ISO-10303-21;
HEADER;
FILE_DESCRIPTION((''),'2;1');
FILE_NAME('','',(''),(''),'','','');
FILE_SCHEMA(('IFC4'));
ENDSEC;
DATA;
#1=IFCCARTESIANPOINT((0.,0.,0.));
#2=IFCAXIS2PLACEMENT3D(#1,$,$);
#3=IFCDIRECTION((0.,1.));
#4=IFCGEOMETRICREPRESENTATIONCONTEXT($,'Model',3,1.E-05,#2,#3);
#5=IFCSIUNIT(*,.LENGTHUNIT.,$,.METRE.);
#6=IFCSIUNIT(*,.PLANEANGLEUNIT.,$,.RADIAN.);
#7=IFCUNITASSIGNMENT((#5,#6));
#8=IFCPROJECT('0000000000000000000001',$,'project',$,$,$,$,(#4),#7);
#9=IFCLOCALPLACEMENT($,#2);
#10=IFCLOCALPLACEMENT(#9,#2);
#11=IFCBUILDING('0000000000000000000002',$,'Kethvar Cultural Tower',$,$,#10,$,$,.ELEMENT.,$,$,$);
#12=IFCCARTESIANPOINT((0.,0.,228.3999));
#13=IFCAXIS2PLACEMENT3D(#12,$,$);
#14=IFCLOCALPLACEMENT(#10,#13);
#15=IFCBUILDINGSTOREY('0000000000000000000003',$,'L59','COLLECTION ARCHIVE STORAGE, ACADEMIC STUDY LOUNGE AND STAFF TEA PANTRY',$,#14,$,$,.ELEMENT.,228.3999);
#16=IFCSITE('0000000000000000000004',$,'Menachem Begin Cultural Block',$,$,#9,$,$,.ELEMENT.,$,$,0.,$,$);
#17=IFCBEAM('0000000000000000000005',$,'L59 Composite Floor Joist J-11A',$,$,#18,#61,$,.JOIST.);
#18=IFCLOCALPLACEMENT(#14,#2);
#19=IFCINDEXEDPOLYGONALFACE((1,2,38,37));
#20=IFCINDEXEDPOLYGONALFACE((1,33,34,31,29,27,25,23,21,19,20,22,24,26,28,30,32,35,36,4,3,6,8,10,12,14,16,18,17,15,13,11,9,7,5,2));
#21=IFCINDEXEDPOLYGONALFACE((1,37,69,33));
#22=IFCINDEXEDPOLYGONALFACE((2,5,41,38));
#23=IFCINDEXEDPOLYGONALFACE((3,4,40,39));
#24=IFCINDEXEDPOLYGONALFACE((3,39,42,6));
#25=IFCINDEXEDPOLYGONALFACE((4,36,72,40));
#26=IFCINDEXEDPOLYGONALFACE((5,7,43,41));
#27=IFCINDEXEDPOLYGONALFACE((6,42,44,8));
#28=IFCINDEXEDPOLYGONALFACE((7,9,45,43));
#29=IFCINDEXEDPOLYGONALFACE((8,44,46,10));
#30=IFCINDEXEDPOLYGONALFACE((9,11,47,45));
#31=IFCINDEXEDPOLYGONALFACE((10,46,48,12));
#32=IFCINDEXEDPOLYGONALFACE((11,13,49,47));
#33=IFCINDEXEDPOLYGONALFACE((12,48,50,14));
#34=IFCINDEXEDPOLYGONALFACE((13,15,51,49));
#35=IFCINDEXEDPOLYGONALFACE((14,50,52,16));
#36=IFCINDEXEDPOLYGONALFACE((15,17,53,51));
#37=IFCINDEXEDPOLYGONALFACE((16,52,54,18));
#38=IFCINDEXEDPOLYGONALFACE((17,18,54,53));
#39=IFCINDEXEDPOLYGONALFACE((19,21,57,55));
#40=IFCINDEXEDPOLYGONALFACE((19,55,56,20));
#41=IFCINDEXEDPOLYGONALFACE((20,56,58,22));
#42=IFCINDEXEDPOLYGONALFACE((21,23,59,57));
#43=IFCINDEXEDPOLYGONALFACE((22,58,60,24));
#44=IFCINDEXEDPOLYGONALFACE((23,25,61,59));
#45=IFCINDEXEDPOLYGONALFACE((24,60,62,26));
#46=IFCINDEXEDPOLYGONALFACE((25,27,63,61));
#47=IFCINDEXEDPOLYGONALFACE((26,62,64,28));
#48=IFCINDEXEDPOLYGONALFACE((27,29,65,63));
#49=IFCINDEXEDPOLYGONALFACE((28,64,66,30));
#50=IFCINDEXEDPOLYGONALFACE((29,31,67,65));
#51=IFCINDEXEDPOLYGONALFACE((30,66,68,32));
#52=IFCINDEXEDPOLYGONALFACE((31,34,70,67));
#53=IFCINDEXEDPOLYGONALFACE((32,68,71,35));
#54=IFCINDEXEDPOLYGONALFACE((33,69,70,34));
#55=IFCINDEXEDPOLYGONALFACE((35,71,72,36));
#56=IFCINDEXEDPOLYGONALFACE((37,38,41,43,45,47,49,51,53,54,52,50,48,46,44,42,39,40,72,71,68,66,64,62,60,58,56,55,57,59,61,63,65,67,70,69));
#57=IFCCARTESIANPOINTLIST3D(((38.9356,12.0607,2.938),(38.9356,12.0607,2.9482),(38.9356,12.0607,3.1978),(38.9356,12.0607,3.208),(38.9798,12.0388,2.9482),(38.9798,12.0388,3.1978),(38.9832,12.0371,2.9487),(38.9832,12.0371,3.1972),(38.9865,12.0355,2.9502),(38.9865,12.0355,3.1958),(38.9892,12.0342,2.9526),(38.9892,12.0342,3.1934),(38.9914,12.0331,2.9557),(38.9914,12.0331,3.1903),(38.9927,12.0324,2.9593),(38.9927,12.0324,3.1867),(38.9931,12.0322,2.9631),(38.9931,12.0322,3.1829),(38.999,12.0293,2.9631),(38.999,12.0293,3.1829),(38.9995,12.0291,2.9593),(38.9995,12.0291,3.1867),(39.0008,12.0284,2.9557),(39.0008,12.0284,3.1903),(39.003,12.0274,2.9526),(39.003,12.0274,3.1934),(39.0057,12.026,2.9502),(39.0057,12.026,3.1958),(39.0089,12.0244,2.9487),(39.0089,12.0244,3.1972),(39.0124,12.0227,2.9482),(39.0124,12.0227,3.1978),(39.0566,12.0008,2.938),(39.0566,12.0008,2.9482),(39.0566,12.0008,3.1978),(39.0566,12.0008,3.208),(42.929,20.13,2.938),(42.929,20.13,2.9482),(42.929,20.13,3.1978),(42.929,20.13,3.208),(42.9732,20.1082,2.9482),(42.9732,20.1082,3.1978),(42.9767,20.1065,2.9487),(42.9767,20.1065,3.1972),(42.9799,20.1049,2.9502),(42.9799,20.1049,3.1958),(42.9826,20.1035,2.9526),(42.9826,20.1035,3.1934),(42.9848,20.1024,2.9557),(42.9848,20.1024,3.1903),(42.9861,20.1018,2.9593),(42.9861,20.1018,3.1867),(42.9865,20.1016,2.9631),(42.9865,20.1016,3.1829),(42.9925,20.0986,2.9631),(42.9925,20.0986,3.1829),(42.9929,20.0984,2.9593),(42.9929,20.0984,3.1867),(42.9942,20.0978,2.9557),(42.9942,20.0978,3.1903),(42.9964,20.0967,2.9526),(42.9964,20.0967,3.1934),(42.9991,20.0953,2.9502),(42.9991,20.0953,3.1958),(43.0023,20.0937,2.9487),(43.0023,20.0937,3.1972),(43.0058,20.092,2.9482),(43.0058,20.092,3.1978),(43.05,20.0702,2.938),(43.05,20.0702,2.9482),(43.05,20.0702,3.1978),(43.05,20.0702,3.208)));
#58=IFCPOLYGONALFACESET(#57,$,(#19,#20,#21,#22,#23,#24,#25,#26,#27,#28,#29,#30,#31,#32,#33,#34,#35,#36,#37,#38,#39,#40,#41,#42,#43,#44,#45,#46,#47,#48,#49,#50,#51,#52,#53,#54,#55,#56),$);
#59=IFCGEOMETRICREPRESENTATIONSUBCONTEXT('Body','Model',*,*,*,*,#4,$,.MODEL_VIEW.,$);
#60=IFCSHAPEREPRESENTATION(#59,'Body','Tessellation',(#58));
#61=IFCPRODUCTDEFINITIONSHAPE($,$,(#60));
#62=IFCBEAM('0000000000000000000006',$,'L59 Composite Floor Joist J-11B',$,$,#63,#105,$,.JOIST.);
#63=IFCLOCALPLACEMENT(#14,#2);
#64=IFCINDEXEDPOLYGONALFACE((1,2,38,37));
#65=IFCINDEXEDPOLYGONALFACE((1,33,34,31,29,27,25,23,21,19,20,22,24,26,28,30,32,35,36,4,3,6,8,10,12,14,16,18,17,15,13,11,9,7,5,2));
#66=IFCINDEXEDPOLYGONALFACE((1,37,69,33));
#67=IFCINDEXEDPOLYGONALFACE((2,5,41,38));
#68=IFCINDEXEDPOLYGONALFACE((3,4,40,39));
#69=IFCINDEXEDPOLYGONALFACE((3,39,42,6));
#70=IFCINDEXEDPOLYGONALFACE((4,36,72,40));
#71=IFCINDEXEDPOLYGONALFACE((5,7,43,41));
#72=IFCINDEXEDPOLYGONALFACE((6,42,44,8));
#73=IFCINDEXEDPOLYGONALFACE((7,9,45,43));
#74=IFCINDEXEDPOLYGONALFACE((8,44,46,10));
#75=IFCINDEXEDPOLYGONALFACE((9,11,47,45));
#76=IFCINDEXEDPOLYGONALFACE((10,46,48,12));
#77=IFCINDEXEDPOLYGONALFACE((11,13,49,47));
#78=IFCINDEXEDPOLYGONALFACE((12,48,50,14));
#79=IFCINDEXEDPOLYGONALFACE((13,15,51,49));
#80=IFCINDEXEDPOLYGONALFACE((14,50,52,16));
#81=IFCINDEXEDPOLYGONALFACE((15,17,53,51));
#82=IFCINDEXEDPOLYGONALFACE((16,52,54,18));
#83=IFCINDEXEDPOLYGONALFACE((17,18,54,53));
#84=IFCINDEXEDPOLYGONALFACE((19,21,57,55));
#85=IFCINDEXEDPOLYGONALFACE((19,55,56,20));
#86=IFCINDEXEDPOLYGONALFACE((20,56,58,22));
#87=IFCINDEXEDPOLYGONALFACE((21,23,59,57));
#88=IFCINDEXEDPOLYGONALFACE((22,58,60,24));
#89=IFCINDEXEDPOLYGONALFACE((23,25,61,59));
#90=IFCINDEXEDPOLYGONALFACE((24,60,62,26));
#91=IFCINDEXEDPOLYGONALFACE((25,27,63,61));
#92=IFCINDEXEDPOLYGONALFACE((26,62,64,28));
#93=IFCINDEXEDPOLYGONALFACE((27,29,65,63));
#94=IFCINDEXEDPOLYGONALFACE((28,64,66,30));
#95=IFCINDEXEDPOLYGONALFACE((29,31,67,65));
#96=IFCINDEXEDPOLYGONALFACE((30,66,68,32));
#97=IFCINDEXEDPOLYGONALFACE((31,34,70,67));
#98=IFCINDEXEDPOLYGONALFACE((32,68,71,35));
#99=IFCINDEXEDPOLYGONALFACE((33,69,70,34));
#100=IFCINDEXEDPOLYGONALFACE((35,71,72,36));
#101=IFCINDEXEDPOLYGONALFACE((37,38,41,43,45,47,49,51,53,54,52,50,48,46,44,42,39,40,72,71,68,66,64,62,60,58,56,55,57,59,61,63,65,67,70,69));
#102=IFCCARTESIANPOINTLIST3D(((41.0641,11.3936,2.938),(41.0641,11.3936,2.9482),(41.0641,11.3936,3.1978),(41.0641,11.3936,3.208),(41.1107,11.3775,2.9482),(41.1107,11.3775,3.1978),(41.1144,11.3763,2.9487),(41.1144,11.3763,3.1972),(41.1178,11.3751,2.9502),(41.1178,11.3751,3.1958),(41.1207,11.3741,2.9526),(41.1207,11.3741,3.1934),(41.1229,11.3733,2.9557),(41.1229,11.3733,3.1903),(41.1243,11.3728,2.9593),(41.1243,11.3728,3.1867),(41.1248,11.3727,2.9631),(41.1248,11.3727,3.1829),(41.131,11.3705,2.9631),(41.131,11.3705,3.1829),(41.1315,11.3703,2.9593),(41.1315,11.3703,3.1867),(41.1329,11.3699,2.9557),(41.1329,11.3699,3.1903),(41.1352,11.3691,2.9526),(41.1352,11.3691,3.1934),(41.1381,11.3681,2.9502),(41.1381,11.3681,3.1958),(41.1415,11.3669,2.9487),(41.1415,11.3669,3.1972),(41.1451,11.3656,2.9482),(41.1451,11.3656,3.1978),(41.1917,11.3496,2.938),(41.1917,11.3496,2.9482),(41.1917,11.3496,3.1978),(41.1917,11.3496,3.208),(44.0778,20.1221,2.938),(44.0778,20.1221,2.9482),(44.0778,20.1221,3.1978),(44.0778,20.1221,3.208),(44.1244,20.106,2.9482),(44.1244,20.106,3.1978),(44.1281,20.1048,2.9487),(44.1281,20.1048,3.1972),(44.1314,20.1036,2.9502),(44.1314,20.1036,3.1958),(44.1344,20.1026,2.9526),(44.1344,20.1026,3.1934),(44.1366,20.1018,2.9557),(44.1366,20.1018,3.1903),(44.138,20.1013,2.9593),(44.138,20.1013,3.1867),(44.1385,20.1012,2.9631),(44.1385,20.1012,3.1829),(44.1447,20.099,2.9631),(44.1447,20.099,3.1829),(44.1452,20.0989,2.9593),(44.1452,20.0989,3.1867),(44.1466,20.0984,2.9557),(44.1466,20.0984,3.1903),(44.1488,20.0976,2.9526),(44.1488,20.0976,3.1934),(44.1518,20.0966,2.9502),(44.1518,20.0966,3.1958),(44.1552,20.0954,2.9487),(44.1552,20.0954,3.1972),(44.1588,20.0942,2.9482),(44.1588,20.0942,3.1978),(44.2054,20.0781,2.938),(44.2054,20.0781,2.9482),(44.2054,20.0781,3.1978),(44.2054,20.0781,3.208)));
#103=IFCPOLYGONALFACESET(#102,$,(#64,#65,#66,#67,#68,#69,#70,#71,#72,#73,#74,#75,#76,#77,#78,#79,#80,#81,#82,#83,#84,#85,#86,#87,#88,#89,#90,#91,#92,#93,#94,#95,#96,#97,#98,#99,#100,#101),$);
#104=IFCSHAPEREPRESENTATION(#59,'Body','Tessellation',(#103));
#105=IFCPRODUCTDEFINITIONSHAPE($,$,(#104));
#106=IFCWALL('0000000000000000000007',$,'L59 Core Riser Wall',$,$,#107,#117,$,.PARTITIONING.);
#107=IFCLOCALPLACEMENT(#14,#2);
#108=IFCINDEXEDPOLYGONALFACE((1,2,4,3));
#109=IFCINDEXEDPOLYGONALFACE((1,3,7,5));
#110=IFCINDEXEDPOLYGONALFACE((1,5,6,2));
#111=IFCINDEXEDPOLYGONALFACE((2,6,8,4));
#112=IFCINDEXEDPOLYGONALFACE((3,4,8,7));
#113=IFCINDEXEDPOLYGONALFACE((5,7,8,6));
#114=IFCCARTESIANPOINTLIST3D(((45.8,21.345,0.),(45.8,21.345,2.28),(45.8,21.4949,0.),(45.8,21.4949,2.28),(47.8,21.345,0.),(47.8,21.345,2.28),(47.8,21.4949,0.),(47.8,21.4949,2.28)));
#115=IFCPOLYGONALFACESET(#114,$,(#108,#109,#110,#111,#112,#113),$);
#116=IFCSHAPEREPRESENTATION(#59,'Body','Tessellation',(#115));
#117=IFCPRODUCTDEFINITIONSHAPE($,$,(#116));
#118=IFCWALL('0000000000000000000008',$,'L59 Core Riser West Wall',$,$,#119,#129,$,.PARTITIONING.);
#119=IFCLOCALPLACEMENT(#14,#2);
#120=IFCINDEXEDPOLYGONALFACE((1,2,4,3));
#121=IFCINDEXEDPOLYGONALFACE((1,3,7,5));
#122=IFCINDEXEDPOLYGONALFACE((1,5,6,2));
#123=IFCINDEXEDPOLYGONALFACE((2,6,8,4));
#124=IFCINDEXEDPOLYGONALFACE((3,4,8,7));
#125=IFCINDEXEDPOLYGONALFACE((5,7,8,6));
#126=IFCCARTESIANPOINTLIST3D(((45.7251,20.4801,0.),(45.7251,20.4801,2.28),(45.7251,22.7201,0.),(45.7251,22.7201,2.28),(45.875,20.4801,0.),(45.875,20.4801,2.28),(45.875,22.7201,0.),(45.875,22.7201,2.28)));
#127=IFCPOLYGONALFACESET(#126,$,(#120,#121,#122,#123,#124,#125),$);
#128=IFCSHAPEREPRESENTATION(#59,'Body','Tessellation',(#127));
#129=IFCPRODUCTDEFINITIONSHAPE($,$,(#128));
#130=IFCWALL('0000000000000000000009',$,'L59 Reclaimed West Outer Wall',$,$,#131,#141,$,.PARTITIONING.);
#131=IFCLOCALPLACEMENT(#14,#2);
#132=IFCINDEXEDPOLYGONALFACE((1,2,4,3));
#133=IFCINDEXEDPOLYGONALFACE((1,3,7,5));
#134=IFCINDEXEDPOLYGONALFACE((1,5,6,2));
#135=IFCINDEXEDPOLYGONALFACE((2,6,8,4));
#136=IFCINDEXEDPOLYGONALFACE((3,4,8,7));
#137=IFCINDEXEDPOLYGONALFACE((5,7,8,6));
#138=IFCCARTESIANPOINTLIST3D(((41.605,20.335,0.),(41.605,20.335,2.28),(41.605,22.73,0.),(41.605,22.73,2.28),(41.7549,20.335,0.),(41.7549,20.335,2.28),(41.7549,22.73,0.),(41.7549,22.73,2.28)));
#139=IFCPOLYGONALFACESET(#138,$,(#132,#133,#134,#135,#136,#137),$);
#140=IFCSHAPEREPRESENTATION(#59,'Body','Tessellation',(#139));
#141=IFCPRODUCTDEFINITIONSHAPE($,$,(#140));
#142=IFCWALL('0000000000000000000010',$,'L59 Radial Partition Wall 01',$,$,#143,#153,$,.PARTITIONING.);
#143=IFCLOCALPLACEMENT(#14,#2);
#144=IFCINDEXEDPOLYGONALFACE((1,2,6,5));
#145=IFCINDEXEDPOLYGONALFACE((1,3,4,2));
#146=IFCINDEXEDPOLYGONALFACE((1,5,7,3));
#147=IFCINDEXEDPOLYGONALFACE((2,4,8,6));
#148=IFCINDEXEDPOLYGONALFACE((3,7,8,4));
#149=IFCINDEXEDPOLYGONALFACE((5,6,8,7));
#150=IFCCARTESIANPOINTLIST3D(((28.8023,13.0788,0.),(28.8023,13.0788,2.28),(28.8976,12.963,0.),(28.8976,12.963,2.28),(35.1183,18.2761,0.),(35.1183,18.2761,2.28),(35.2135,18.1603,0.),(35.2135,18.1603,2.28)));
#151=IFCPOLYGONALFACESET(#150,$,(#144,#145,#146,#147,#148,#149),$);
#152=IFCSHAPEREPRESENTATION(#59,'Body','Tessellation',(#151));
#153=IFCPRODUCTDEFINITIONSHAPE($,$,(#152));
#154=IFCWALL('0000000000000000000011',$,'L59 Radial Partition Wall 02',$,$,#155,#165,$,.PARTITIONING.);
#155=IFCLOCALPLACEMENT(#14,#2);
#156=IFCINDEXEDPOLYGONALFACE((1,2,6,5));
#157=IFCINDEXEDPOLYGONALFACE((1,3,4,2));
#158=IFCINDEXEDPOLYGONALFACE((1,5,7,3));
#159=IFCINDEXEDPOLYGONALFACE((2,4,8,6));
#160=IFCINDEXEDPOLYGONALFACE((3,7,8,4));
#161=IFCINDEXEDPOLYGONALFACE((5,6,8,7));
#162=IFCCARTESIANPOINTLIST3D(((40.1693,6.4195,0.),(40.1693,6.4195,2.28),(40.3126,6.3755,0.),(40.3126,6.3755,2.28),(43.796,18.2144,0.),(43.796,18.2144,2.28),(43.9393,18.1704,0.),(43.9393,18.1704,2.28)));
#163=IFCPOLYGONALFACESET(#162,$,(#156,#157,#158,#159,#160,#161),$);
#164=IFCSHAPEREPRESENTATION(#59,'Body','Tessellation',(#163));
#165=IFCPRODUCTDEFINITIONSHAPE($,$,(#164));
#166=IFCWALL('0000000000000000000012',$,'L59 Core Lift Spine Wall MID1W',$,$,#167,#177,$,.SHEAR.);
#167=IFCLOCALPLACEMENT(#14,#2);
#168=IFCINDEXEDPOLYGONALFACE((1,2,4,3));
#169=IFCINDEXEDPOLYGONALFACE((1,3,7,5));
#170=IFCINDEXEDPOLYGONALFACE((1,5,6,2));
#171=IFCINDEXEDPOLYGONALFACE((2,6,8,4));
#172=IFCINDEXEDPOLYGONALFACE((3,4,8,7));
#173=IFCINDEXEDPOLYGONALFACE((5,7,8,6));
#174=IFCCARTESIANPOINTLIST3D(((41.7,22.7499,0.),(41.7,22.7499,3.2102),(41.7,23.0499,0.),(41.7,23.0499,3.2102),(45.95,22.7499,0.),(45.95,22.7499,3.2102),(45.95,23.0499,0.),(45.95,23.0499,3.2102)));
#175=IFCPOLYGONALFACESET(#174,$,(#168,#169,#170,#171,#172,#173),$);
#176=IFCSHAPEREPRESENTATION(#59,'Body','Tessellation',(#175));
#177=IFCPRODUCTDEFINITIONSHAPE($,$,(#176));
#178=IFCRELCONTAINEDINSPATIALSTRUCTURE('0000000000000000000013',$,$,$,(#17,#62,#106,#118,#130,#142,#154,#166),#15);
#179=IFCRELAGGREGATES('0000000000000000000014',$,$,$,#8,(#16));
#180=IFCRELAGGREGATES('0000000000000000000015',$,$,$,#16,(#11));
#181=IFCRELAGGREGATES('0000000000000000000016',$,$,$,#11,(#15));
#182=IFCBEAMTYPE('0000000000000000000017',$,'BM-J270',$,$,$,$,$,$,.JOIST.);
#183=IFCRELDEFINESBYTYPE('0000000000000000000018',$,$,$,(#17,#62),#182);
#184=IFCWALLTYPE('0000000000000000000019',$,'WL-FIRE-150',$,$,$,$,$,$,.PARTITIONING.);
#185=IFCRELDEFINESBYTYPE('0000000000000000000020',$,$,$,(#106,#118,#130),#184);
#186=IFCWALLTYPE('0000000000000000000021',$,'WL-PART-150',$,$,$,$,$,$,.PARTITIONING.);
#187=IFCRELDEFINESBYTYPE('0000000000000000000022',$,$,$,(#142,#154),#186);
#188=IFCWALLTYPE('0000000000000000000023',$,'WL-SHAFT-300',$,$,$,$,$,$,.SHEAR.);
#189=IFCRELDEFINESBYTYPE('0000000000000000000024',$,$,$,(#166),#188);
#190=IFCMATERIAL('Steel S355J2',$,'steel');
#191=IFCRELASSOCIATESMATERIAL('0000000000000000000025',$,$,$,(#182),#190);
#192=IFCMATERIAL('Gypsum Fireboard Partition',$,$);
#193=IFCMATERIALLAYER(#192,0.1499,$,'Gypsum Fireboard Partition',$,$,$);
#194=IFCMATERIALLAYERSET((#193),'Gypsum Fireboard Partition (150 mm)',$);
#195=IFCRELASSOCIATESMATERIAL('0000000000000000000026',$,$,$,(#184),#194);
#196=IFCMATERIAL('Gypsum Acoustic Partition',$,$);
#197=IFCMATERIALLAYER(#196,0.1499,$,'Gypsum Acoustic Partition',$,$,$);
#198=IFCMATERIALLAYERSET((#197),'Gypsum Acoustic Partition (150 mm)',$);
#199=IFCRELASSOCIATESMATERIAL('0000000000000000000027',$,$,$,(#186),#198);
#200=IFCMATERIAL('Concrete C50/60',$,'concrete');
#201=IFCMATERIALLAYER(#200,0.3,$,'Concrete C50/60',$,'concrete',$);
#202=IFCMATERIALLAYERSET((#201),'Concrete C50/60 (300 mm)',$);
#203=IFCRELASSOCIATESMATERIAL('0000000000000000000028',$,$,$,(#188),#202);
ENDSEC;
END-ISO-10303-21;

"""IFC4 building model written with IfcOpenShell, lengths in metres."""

from ifc_helpers import new_model, si_unit, direction, frame, frame_2d, origin, origin_2d, place, context, subcontext, project, spatial, rectangle, i_section, extrude, source, transform, mapped, material, layer, layer_set, material_profile, profile_set, type_object, element, save


model = new_model("IFC4")

# Units and contexts
model_context = context("Model", 3, precision=1e-05, world=origin(), true_north=direction((0.0, 1.0)))
body_context = subcontext(model_context, "Body", "Model", "MODEL_VIEW")
ifc_project = project(units=[si_unit("LENGTHUNIT", "METRE"), si_unit("PLANEANGLEUNIT", "RADIAN")], contexts=[model_context])

# Site, building, storey
site_placement = place(None, origin())
site = spatial("IfcSite", under=ifc_project, at=site_placement, Name="Menachem Begin Cultural Block", CompositionType="ELEMENT", RefElevation=0.0)
building_placement = place(site_placement, origin())
building = spatial("IfcBuilding", under=site, at=building_placement, Name="Kethvar Cultural Tower", CompositionType="ELEMENT")
storey_placement = place(building_placement, frame((0.0, 0.0, 228.3999)))
storey = spatial("IfcBuildingStorey", under=building, at=storey_placement, Name="L59", Description="COLLECTION ARCHIVE STORAGE, ACADEMIC STUDY LOUNGE AND STAFF TEA PANTRY", CompositionType="ELEMENT", Elevation=228.3999)

# Beams
ifc_material_1 = material(Name="Steel S355J2", Category="steel")
ifc_material_profile_1 = material_profile(ifc_material_1, i_section(OverallWidth=0.135, OverallDepth=0.27, WebThickness=0.0066, FlangeThickness=0.0103, FilletRadius=0.0149, at=origin_2d()), Name="Steel S355J2 — IPE270")
ifc_profile_set_1 = profile_set([ifc_material_profile_1], Name="Steel S355J2 — IPE270")
beam_type_1 = type_object("IfcBeamType", Name="BM-J270", PredefinedType="JOIST", material=ifc_profile_set_1)
shared_shape_1 = source(origin(), body_context, "Body", "SweptSolid", [
    extrude(i_section(OverallWidth=0.135, OverallDepth=0.27, WebThickness=0.0066, FlangeThickness=0.0103, FilletRadius=0.0149, at=origin_2d()), origin(), (0.0, 0.0, 1.0), 9.0034),
])
beam_1_placement = place(storey_placement, frame((42.9895, 20.1001, 3.073), z_axis=(-0.443544, -0.896253, 0.0), x_axis=(0.896253, -0.443544, 0.0)))
element("IfcBeam", 1, at=beam_1_placement, inside=storey, type_object=beam_type_1, Name="L59 Composite Floor Joist J-11A", PredefinedType="JOIST", context=body_context, shape_type="MappedRepresentation", body=[
    mapped(shared_shape_1, transform((0.0, 0.0, 0.0), scale=1.0)),
])
shared_shape_2 = source(origin(), body_context, "Body", "SweptSolid", [
    extrude(i_section(OverallWidth=0.135, OverallDepth=0.27, WebThickness=0.0066, FlangeThickness=0.0103, FilletRadius=0.0149, at=origin_2d()), origin(), (0.0, 0.0, 1.0), 9.2341),
])
beam_2_placement = place(storey_placement, frame((44.1416, 20.1001, 3.073), z_axis=(-0.326362, -0.945245, 0.0), x_axis=(0.945245, -0.326362, 0.0)))
element("IfcBeam", 2, at=beam_2_placement, inside=storey, type_object=beam_type_1, Name="L59 Composite Floor Joist J-11B", PredefinedType="JOIST", context=body_context, shape_type="MappedRepresentation", body=[
    mapped(shared_shape_2, transform((0.0, 0.0, 0.0), scale=1.0)),
])

# Shared definitions
ifc_material_2 = material(Name="Concrete C50/60", Category="concrete")

# Walls
ifc_material_3 = material(Name="Gypsum Fireboard Partition")
ifc_layer_1 = layer(ifc_material_3, 0.1499, Name="Gypsum Fireboard Partition")
ifc_layer_set_1 = layer_set([ifc_layer_1], Name="Gypsum Fireboard Partition (150 mm)")
wall_type_1 = type_object("IfcWallType", Name="WL-FIRE-150", PredefinedType="PARTITIONING", material=ifc_layer_set_1)
wall_1_placement = place(storey_placement, frame((45.8, 21.4199, 0.0), z_axis=(0.0, 0.0, 1.0), x_axis=(1.0, 0.0, 0.0)))
element("IfcWall", 3, at=wall_1_placement, inside=storey, type_object=wall_type_1, Name="L59 Core Riser Wall", PredefinedType="PARTITIONING", context=body_context, shape_type="SweptSolid", body=[
    extrude(rectangle(XDim=2.0, YDim=0.1499, at=frame_2d((1.0, 0.0))), origin(), (0.0, 0.0, 1.0), 2.28),
])
wall_2_placement = place(storey_placement, frame((45.8, 20.48, 0.0), z_axis=(0.0, 0.0, 1.0), x_axis=(0.0, 1.0, 0.0)))
element("IfcWall", 4, at=wall_2_placement, inside=storey, type_object=wall_type_1, Name="L59 Core Riser West Wall", PredefinedType="PARTITIONING", context=body_context, shape_type="SweptSolid", body=[
    extrude(rectangle(XDim=2.24, YDim=0.1499, at=frame_2d((1.1201, 0.0))), origin(), (0.0, 0.0, 1.0), 2.28),
])
wall_3_placement = place(storey_placement, frame((41.6799, 20.335, 0.0), z_axis=(0.0, 0.0, 1.0), x_axis=(0.0, 1.0, 0.0)))
element("IfcWall", 5, at=wall_3_placement, inside=storey, type_object=wall_type_1, Name="L59 Reclaimed West Outer Wall", PredefinedType="PARTITIONING", context=body_context, shape_type="SweptSolid", body=[
    extrude(rectangle(XDim=2.395, YDim=0.1499, at=frame_2d((1.1975, 0.0))), origin(), (0.0, 0.0, 1.0), 2.28),
])
ifc_material_4 = material(Name="Gypsum Acoustic Partition")
ifc_layer_2 = layer(ifc_material_4, 0.1499, Name="Gypsum Acoustic Partition")
ifc_layer_set_2 = layer_set([ifc_layer_2], Name="Gypsum Acoustic Partition (150 mm)")
wall_type_2 = type_object("IfcWallType", Name="WL-PART-150", PredefinedType="PARTITIONING", material=ifc_layer_set_2)
wall_4_placement = place(storey_placement, frame((35.166, 18.2183, 0.0), z_axis=(0.0, 0.0, 1.0), x_axis=(-0.772175, -0.63541, 0.0)))
element("IfcWall", 6, at=wall_4_placement, inside=storey, type_object=wall_type_2, Name="L59 Radial Partition Wall 01", PredefinedType="PARTITIONING", context=body_context, shape_type="SweptSolid", body=[
    extrude(rectangle(XDim=8.1794, YDim=0.1499, at=frame_2d((4.0898, 0.0))), origin(), (0.0, 0.0, 1.0), 2.28),
])
wall_5_placement = place(storey_placement, frame((43.8677, 18.1924, 0.0), z_axis=(0.0, 0.0, 1.0), x_axis=(-0.293901, -0.955836, 0.0)))
element("IfcWall", 7, at=wall_5_placement, inside=storey, type_object=wall_type_2, Name="L59 Radial Partition Wall 02", PredefinedType="PARTITIONING", context=body_context, shape_type="SweptSolid", body=[
    extrude(rectangle(XDim=12.3398, YDim=0.1499, at=frame_2d((6.1699, 0.0))), origin(), (0.0, 0.0, 1.0), 2.28),
])
ifc_layer_3 = layer(ifc_material_2, 0.3, Name="Concrete C50/60", Category="concrete")
ifc_layer_set_3 = layer_set([ifc_layer_3], Name="Concrete C50/60 (300 mm)")
wall_type_3 = type_object("IfcWallType", Name="WL-SHAFT-300", PredefinedType="SHEAR", material=ifc_layer_set_3)
wall_6_placement = place(storey_placement, frame((41.7, 22.8999, 0.0), z_axis=(0.0, 0.0, 1.0), x_axis=(1.0, 0.0, 0.0)))
element("IfcWall", 8, at=wall_6_placement, inside=storey, type_object=wall_type_3, Name="L59 Core Lift Spine Wall MID1W", PredefinedType="SHEAR", context=body_context, shape_type="SweptSolid", body=[
    extrude(rectangle(XDim=4.25, YDim=0.3, at=frame_2d((2.125, 0.0))), origin(), (0.0, 0.0, 1.0), 3.2102),
])

save(model, "model.ifc")
